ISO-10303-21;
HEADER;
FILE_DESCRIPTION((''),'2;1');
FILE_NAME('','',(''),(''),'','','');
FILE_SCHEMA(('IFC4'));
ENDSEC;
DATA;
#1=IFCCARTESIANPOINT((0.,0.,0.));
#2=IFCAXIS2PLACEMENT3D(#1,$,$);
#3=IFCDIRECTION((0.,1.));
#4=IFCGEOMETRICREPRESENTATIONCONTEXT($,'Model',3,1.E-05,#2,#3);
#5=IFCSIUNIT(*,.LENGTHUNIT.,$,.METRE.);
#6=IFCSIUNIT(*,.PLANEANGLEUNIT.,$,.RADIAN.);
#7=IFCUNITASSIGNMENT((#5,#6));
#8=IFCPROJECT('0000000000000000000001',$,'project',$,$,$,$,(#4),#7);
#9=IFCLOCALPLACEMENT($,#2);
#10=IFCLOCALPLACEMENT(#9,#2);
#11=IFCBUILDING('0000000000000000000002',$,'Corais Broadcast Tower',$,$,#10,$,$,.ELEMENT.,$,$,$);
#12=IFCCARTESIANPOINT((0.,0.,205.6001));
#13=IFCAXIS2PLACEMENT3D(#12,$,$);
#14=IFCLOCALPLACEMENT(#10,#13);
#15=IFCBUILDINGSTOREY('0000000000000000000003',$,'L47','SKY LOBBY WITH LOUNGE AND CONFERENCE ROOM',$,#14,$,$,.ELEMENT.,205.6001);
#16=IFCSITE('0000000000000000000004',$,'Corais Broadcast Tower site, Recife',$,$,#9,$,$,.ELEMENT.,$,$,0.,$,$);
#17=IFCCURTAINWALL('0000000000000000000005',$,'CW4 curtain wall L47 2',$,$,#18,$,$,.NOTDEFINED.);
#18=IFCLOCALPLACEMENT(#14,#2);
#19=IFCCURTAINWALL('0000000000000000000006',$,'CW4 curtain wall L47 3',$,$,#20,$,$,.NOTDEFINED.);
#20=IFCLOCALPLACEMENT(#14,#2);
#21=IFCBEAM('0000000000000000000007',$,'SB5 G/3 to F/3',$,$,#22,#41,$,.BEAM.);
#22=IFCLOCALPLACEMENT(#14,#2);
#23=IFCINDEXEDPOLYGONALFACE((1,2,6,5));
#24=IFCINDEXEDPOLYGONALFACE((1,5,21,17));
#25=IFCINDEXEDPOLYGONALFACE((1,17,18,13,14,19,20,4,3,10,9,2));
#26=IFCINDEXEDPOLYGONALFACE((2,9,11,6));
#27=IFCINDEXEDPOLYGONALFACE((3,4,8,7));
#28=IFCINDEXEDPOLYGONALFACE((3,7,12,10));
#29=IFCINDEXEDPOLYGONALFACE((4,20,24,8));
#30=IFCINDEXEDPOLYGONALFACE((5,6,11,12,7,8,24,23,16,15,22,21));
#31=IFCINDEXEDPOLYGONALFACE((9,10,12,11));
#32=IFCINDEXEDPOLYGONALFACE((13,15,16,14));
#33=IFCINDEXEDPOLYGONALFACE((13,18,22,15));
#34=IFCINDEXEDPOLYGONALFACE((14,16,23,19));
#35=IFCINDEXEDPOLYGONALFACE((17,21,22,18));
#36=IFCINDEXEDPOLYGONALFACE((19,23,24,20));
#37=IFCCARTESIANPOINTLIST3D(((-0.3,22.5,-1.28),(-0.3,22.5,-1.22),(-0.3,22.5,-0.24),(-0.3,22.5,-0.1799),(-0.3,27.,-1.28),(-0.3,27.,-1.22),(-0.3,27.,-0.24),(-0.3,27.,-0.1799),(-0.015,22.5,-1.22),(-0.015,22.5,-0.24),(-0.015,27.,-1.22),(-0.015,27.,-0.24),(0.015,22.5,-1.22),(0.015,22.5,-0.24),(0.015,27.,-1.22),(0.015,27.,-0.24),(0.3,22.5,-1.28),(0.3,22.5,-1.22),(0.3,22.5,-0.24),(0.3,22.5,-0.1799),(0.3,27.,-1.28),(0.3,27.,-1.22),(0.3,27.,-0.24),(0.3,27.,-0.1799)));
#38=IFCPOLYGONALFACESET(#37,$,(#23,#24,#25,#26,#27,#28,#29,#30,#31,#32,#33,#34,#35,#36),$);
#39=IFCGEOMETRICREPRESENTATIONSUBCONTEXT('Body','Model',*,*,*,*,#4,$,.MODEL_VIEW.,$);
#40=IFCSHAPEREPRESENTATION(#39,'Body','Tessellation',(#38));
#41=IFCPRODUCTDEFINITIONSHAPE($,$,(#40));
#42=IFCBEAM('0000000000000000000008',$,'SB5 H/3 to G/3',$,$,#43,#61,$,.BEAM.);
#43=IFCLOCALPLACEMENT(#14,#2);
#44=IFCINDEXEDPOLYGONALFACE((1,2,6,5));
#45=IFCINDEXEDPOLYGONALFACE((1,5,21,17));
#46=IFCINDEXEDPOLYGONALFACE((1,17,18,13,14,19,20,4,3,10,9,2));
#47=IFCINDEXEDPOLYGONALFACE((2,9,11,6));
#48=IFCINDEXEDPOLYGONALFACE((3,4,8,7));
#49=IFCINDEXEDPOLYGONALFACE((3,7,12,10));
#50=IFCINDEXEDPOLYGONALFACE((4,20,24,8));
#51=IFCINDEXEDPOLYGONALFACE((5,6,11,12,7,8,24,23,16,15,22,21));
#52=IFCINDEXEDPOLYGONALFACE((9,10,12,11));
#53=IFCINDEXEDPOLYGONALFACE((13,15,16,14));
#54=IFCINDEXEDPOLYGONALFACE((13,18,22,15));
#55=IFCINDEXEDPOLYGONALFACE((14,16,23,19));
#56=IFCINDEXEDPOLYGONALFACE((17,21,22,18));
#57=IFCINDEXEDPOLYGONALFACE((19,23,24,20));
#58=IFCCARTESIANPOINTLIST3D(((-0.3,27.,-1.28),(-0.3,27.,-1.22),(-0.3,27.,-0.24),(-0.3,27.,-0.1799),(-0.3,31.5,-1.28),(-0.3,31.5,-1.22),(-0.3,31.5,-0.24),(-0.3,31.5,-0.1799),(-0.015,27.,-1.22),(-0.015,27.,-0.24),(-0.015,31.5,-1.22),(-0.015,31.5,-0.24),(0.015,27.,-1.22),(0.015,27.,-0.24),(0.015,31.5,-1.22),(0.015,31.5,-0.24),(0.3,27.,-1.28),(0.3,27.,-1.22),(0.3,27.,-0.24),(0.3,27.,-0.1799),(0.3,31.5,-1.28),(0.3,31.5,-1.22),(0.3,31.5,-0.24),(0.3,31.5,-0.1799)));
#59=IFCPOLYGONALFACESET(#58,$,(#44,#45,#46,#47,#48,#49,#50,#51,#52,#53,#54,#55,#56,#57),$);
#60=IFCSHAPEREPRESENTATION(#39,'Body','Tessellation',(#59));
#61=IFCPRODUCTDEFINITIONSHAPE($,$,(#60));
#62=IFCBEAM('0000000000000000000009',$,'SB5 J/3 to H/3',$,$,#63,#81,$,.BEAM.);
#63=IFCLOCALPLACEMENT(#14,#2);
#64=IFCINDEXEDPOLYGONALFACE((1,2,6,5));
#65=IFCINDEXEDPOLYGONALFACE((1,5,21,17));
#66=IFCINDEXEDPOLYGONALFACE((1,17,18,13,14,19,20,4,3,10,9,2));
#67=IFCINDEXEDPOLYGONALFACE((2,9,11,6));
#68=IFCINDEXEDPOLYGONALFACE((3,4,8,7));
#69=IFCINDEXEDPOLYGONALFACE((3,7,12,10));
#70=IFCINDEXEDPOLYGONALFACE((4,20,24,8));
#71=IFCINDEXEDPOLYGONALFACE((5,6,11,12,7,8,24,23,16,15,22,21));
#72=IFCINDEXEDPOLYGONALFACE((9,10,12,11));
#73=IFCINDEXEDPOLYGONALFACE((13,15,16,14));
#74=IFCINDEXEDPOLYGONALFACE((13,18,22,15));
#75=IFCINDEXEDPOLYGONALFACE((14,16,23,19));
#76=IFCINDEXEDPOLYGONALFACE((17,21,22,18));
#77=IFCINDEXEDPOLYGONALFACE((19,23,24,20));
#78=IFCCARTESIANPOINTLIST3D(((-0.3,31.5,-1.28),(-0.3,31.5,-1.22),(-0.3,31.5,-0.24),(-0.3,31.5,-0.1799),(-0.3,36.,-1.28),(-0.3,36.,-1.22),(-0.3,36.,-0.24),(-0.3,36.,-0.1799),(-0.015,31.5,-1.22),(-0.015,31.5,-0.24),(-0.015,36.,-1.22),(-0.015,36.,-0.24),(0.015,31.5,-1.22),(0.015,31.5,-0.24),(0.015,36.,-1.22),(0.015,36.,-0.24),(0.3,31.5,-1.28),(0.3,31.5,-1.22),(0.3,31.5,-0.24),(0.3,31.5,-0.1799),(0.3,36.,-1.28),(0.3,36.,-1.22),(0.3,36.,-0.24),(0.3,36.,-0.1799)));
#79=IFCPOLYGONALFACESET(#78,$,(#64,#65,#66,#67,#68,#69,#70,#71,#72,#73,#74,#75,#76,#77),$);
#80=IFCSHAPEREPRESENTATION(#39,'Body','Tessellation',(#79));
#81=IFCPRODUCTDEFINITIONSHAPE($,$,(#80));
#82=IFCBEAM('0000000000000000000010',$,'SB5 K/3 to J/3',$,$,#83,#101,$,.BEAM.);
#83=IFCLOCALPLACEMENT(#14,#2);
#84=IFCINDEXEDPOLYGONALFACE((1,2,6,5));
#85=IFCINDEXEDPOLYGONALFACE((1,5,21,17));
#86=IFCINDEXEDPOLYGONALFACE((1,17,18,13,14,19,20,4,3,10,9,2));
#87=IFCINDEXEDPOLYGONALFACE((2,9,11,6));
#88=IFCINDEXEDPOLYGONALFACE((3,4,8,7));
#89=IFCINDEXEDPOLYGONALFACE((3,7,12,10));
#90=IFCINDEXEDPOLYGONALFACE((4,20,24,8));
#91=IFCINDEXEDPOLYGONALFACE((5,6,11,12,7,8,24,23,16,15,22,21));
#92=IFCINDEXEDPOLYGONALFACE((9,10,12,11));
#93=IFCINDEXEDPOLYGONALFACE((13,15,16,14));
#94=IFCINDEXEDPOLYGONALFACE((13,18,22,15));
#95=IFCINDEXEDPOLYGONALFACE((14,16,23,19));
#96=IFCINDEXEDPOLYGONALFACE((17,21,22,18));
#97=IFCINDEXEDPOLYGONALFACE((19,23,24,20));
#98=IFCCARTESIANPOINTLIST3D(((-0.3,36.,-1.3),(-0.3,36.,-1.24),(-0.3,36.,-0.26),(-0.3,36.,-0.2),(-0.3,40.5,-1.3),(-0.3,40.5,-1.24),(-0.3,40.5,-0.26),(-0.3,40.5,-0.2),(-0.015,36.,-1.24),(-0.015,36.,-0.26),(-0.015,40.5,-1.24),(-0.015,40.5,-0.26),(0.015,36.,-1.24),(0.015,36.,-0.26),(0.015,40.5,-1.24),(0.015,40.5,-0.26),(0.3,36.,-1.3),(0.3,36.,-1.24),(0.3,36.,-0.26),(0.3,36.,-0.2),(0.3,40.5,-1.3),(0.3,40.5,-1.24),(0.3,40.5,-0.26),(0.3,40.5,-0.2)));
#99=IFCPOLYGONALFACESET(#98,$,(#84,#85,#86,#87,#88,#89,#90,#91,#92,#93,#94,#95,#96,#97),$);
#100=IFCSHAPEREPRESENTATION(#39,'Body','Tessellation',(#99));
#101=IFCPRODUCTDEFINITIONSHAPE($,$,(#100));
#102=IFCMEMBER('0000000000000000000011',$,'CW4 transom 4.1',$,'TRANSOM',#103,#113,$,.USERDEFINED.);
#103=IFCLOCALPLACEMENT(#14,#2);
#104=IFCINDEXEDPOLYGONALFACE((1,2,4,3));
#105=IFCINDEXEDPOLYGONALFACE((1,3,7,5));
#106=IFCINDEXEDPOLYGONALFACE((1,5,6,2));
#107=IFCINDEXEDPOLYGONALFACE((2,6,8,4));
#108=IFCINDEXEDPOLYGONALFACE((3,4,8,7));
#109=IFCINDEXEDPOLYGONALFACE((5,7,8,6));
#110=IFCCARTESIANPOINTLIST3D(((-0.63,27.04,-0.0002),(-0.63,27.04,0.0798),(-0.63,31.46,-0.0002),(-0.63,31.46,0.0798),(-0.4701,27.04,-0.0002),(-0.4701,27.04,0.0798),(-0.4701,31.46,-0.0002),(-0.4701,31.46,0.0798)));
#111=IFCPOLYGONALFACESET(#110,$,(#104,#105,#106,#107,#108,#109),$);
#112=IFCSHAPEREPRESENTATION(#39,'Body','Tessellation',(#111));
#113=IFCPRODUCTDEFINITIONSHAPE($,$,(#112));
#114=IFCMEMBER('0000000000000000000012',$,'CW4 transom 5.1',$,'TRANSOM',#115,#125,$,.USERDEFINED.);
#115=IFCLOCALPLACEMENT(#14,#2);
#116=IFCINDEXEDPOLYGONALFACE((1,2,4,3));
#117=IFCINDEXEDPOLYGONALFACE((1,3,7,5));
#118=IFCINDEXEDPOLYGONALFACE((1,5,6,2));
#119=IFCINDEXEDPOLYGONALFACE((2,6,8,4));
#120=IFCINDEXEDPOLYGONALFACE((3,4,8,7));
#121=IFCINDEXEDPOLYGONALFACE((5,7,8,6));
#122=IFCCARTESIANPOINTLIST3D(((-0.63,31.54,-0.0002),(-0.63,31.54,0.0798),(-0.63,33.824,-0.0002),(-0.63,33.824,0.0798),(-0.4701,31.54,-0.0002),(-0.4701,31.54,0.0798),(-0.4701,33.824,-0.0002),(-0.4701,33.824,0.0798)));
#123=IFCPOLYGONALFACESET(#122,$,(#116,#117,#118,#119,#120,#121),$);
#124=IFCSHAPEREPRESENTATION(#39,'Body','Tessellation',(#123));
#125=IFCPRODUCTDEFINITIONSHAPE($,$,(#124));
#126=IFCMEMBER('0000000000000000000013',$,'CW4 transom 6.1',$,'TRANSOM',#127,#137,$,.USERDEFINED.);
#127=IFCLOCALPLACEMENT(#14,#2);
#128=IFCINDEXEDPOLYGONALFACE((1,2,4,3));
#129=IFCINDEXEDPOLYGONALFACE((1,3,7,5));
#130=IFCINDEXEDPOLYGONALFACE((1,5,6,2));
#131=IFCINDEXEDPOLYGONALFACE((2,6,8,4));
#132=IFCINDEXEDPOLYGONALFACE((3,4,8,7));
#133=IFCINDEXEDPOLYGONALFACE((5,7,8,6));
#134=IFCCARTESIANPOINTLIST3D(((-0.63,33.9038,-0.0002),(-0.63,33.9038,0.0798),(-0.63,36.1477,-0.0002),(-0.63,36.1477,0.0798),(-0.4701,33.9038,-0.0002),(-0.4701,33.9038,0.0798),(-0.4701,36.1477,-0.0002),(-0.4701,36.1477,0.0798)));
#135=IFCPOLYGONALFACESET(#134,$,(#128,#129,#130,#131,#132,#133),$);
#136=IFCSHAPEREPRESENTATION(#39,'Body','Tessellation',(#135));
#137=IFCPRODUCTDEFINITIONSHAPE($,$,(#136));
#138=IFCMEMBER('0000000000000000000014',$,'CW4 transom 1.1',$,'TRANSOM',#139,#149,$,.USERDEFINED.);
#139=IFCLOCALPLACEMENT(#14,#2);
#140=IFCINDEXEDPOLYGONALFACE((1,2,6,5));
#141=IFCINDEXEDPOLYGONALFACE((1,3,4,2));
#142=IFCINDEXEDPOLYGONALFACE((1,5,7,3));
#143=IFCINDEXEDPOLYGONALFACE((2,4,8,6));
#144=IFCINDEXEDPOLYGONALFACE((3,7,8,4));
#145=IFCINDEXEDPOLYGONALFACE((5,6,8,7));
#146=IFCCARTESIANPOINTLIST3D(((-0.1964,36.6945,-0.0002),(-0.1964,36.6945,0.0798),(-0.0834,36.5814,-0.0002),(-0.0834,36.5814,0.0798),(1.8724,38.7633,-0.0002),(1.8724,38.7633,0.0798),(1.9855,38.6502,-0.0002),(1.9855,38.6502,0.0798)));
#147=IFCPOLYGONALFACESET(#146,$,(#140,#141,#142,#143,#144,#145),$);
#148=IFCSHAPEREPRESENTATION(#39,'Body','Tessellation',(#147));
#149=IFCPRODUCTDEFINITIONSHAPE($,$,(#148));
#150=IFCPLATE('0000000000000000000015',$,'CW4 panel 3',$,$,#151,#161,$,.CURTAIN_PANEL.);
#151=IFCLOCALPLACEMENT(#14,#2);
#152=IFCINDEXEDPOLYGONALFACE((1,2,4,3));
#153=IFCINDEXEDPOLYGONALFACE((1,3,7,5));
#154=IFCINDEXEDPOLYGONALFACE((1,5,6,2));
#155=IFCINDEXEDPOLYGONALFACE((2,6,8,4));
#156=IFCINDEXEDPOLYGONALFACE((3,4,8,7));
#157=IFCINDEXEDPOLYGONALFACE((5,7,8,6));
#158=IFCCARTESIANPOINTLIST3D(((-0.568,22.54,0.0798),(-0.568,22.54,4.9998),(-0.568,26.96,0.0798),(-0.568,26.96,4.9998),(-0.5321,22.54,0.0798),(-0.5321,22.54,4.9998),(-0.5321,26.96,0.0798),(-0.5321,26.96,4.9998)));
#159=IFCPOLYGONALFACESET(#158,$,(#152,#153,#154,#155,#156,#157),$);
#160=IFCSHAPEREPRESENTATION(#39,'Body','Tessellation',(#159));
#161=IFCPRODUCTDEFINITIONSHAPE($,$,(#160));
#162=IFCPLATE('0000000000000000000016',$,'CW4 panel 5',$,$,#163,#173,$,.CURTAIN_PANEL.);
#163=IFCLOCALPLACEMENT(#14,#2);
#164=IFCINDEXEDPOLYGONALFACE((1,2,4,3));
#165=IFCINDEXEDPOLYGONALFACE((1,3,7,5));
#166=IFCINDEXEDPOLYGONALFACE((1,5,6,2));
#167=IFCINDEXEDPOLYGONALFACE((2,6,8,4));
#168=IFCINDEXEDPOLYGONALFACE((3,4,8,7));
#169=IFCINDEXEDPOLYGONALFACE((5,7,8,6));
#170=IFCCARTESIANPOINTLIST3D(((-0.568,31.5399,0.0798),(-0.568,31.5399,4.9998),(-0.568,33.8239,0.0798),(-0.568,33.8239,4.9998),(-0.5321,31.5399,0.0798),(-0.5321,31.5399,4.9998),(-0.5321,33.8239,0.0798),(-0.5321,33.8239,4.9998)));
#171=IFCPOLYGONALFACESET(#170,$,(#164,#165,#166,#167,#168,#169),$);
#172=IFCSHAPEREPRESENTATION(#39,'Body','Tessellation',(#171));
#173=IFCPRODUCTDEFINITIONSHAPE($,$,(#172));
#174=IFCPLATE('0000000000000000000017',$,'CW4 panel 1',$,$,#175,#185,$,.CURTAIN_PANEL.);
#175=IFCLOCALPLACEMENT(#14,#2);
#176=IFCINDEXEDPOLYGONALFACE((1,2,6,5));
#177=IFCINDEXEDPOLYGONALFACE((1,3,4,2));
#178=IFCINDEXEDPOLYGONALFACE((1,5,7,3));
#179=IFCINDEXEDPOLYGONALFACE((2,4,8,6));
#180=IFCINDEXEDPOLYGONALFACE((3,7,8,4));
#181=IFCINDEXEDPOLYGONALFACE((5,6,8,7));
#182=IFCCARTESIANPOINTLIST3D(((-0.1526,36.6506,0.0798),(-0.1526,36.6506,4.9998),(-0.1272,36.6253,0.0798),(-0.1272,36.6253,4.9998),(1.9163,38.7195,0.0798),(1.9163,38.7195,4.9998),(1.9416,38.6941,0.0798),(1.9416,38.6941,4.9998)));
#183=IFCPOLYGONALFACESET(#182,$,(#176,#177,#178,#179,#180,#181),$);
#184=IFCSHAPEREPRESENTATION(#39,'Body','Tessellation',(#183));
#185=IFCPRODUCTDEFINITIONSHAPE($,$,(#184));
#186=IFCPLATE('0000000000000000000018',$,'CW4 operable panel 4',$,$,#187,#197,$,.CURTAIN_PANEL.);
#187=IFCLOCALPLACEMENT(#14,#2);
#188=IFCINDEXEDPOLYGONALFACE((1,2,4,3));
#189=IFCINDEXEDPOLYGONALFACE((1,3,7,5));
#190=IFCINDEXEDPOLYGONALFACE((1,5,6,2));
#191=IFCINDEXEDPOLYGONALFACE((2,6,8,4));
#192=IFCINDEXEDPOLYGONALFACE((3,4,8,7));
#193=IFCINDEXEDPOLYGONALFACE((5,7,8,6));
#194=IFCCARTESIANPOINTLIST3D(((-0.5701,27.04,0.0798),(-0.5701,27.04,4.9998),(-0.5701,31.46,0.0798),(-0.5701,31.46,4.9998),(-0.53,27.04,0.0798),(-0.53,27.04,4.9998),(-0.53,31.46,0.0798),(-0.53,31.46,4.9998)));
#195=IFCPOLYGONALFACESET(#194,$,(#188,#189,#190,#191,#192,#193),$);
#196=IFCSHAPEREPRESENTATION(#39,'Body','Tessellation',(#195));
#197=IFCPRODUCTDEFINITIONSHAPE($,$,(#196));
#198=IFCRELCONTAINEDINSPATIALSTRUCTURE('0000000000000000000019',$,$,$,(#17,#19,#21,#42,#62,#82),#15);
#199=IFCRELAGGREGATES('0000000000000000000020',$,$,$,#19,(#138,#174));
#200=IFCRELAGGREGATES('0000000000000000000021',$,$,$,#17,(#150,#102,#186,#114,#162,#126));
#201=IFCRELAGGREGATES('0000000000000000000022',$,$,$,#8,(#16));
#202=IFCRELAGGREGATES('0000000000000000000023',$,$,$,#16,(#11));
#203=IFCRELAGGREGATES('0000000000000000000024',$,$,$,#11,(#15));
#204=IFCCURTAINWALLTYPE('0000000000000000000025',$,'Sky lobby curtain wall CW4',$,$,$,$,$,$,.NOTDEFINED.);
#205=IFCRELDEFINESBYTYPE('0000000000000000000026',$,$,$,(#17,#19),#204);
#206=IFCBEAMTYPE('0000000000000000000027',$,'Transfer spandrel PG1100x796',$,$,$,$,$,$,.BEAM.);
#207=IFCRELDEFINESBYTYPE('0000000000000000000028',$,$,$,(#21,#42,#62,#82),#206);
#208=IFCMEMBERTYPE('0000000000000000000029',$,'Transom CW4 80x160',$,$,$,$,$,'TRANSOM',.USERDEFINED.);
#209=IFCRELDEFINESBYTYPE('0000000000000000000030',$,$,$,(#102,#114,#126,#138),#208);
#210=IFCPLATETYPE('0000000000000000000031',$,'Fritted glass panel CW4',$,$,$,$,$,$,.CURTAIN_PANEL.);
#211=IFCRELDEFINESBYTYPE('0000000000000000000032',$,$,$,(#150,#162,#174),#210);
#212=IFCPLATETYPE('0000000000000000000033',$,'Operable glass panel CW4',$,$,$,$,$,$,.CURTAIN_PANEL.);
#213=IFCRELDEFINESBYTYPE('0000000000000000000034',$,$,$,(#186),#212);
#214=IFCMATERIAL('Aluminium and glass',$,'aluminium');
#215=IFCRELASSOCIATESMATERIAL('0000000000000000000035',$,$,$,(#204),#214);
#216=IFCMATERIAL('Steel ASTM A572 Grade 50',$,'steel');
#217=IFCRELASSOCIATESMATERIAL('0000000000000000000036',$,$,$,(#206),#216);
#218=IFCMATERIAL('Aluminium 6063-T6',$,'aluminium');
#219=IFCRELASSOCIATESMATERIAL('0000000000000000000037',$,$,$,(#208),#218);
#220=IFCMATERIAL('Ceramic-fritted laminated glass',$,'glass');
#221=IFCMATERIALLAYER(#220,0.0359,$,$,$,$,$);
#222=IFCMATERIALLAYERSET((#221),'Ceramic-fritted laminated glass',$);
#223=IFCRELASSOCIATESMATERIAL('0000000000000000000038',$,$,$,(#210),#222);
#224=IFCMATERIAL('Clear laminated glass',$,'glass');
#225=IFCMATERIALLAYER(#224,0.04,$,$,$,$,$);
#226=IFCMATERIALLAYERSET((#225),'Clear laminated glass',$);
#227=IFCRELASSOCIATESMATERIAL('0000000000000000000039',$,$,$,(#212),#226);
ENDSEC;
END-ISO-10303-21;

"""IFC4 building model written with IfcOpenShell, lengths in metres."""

from ifc_helpers import new_model, si_unit, direction, frame, origin, origin_2d, place, context, subcontext, project, spatial, rectangle, i_section, extrude, material, layer, layer_set, material_profile, profile_set, type_object, element, aggregate, save


model = new_model("IFC4")

# Units and contexts
model_context = context("Model", 3, precision=1e-05, world=origin(), true_north=direction((0.0, 1.0)))
body_context = subcontext(model_context, "Body", "Model", "MODEL_VIEW")
ifc_project = project(units=[si_unit("LENGTHUNIT", "METRE"), si_unit("PLANEANGLEUNIT", "RADIAN")], contexts=[model_context])

# Site, building, storey
site_placement = place(None, origin())
site = spatial("IfcSite", under=ifc_project, at=site_placement, Name="Corais Broadcast Tower site, Recife", CompositionType="ELEMENT", RefElevation=0.0)
building_placement = place(site_placement, origin())
building = spatial("IfcBuilding", under=site, at=building_placement, Name="Corais Broadcast Tower", CompositionType="ELEMENT")
storey_placement = place(building_placement, frame((0.0, 0.0, 205.6001)))
storey = spatial("IfcBuildingStorey", under=building, at=storey_placement, Name="L47", Description="SKY LOBBY WITH LOUNGE AND CONFERENCE ROOM", CompositionType="ELEMENT", Elevation=205.6001)

# Curtain wall
ifc_material_1 = material(Name="Aluminium and glass", Category="aluminium")
curtain_wall_type = type_object("IfcCurtainWallType", Name="Sky lobby curtain wall CW4", PredefinedType="NOTDEFINED", material=ifc_material_1)
curtain_wall_1_placement = place(storey_placement, origin())
curtain_wall_1 = element("IfcCurtainWall", 1, at=curtain_wall_1_placement, inside=storey, type_object=curtain_wall_type, Name="CW4 curtain wall L47 2", PredefinedType="NOTDEFINED")

# Curtain wall
curtain_wall_2_placement = place(storey_placement, origin())
curtain_wall_2 = element("IfcCurtainWall", 2, at=curtain_wall_2_placement, inside=storey, type_object=curtain_wall_type, Name="CW4 curtain wall L47 3", PredefinedType="NOTDEFINED")

# Beams
ifc_material_2 = material(Name="Steel ASTM A572 Grade 50", Category="steel")
ifc_material_profile_1 = material_profile(ifc_material_2, i_section(OverallWidth=0.6001, OverallDepth=1.1001, WebThickness=0.03, FlangeThickness=0.0601, at=origin_2d()), Name="PG1100x796")
ifc_profile_set_1 = profile_set([ifc_material_profile_1], Name="Steel ASTM A572 Grade 50")
beam_type_1 = type_object("IfcBeamType", Name="Transfer spandrel PG1100x796", PredefinedType="BEAM", material=ifc_profile_set_1)
for number, where, z_axis, x_axis, name in (
    (3, (0.0, 27.0, -0.73), (0.0, -1.0, 0.0), (1.0, 0.0, 0.0), "SB5 G/3 to F/3"),
    (4, (0.0, 31.5, -0.73), (0.0, -1.0, 0.0), (1.0, 0.0, 0.0), "SB5 H/3 to G/3"),
    (5, (0.0, 36.0, -0.73), (0.0, -1.0, 0.0), (1.0, 0.0, 0.0), "SB5 J/3 to H/3"),
    (6, (0.0, 40.5, -0.75), (0.0, -1.0, 0.0), (1.0, 0.0, 0.0), "SB5 K/3 to J/3"),
):
    element("IfcBeam", number, at=place(storey_placement, frame(where, z_axis=z_axis, x_axis=x_axis)), inside=storey, type_object=beam_type_1, Name=name, PredefinedType="BEAM", context=body_context, shape_type="SweptSolid", body=[
        extrude(i_section(OverallWidth=0.6001, OverallDepth=1.1001, WebThickness=0.03, FlangeThickness=0.0601, at=origin_2d()), origin(), (0.0, 0.0, 1.0), 4.5),
    ])

# Members
ifc_material_3 = material(Name="Aluminium 6063-T6", Category="aluminium")
ifc_material_profile_2 = material_profile(ifc_material_3, rectangle(XDim=0.1599, YDim=0.0801, at=origin_2d()), Name="Transom CW4 80x160")
ifc_profile_set_2 = profile_set([ifc_material_profile_2], Name="Aluminium 6063-T6")
member_type_1 = type_object("IfcMemberType", Name="Transom CW4 80x160", ElementType="TRANSOM", PredefinedType="USERDEFINED", material=ifc_profile_set_2)
member_1_placement = place(storey_placement, frame((-0.55, 27.04, 0.0398), z_axis=(0.0, 1.0, 0.0), x_axis=(-1.0, 0.0, 0.0)))
member_1 = element("IfcMember", 7, at=member_1_placement, type_object=member_type_1, Name="CW4 transom 4.1", ObjectType="TRANSOM", PredefinedType="USERDEFINED", context=body_context, shape_type="SweptSolid", body=[
    extrude(rectangle(XDim=0.1599, YDim=0.0801, at=origin_2d()), origin(), (0.0, 0.0, 1.0), 4.4199),
])
member_2_placement = place(storey_placement, frame((-0.55, 31.54, 0.0398), z_axis=(0.0, 1.0, 0.0), x_axis=(-1.0, 0.0, 0.0)))
member_2 = element("IfcMember", 8, at=member_2_placement, type_object=member_type_1, Name="CW4 transom 5.1", ObjectType="TRANSOM", PredefinedType="USERDEFINED", context=body_context, shape_type="SweptSolid", body=[
    extrude(rectangle(XDim=0.1599, YDim=0.0801, at=origin_2d()), origin(), (0.0, 0.0, 1.0), 2.2839),
])
member_3_placement = place(storey_placement, frame((-0.55, 33.9038, 0.0398), z_axis=(0.0, 1.0, 0.0), x_axis=(-1.0, 0.0, 0.0)))
member_3 = element("IfcMember", 9, at=member_3_placement, type_object=member_type_1, Name="CW4 transom 6.1", ObjectType="TRANSOM", PredefinedType="USERDEFINED", context=body_context, shape_type="SweptSolid", body=[
    extrude(rectangle(XDim=0.1599, YDim=0.0801, at=origin_2d()), origin(), (0.0, 0.0, 1.0), 2.2439),
])
member_4_placement = place(storey_placement, frame((-0.1399, 36.6379, 0.0398), z_axis=(0.707107, 0.707107, 0.0), x_axis=(-0.707107, 0.707107, 0.0)))
member_4 = element("IfcMember", 10, at=member_4_placement, type_object=member_type_1, Name="CW4 transom 1.1", ObjectType="TRANSOM", PredefinedType="USERDEFINED", context=body_context, shape_type="SweptSolid", body=[
    extrude(rectangle(XDim=0.1599, YDim=0.0801, at=origin_2d()), origin(), (0.0, 0.0, 1.0), 2.9258),
])

# Plates
ifc_material_4 = material(Name="Ceramic-fritted laminated glass", Category="glass")
ifc_layer_1 = layer(ifc_material_4, 0.0359)
ifc_layer_set_1 = layer_set([ifc_layer_1], Name="Ceramic-fritted laminated glass")
plate_type_1 = type_object("IfcPlateType", Name="Fritted glass panel CW4", PredefinedType="CURTAIN_PANEL", material=ifc_layer_set_1)
plate_1_placement = place(storey_placement, frame((-0.55, 24.75, 0.0798), z_axis=(0.0, 0.0, 1.0), x_axis=(0.0, 1.0, 0.0)))
plate_1 = element("IfcPlate", 11, at=plate_1_placement, type_object=plate_type_1, Name="CW4 panel 3", PredefinedType="CURTAIN_PANEL", context=body_context, shape_type="SweptSolid", body=[
    extrude(rectangle(XDim=4.4199, YDim=0.0359, at=origin_2d()), origin(), (0.0, 0.0, 1.0), 4.9199),
])
plate_2_placement = place(storey_placement, frame((-0.55, 32.6819, 0.0798), z_axis=(0.0, 0.0, 1.0), x_axis=(0.0, 1.0, 0.0)))
plate_2 = element("IfcPlate", 12, at=plate_2_placement, type_object=plate_type_1, Name="CW4 panel 5", PredefinedType="CURTAIN_PANEL", context=body_context, shape_type="SweptSolid", body=[
    extrude(rectangle(XDim=2.2839, YDim=0.0359, at=origin_2d()), origin(), (0.0, 0.0, 1.0), 4.9199),
])
plate_3_placement = place(storey_placement, frame((0.8945, 37.6724, 0.0798), z_axis=(0.0, 0.0, 1.0), x_axis=(0.707107, 0.707107, 0.0)))
plate_3 = element("IfcPlate", 13, at=plate_3_placement, type_object=plate_type_1, Name="CW4 panel 1", PredefinedType="CURTAIN_PANEL", context=body_context, shape_type="SweptSolid", body=[
    extrude(rectangle(XDim=2.9258, YDim=0.0359, at=origin_2d()), origin(), (0.0, 0.0, 1.0), 4.9199),
])
aggregate(curtain_wall_2, [member_4, plate_3])
ifc_material_5 = material(Name="Clear laminated glass", Category="glass")
ifc_layer_2 = layer(ifc_material_5, 0.04)
ifc_layer_set_2 = layer_set([ifc_layer_2], Name="Clear laminated glass")
plate_type_2 = type_object("IfcPlateType", Name="Operable glass panel CW4", PredefinedType="CURTAIN_PANEL", material=ifc_layer_set_2)
plate_4_placement = place(storey_placement, frame((-0.55, 29.25, 0.0798), z_axis=(0.0, 0.0, 1.0), x_axis=(0.0, 1.0, 0.0)))
plate_4 = element("IfcPlate", 14, at=plate_4_placement, type_object=plate_type_2, Name="CW4 operable panel 4", PredefinedType="CURTAIN_PANEL", context=body_context, shape_type="SweptSolid", body=[
    extrude(rectangle(XDim=4.4199, YDim=0.04, at=origin_2d()), origin(), (0.0, 0.0, 1.0), 4.9199),
])
aggregate(curtain_wall_1, [plate_1, member_1, plate_4, member_2, plate_2, member_3])

save(model, "model.ifc")
